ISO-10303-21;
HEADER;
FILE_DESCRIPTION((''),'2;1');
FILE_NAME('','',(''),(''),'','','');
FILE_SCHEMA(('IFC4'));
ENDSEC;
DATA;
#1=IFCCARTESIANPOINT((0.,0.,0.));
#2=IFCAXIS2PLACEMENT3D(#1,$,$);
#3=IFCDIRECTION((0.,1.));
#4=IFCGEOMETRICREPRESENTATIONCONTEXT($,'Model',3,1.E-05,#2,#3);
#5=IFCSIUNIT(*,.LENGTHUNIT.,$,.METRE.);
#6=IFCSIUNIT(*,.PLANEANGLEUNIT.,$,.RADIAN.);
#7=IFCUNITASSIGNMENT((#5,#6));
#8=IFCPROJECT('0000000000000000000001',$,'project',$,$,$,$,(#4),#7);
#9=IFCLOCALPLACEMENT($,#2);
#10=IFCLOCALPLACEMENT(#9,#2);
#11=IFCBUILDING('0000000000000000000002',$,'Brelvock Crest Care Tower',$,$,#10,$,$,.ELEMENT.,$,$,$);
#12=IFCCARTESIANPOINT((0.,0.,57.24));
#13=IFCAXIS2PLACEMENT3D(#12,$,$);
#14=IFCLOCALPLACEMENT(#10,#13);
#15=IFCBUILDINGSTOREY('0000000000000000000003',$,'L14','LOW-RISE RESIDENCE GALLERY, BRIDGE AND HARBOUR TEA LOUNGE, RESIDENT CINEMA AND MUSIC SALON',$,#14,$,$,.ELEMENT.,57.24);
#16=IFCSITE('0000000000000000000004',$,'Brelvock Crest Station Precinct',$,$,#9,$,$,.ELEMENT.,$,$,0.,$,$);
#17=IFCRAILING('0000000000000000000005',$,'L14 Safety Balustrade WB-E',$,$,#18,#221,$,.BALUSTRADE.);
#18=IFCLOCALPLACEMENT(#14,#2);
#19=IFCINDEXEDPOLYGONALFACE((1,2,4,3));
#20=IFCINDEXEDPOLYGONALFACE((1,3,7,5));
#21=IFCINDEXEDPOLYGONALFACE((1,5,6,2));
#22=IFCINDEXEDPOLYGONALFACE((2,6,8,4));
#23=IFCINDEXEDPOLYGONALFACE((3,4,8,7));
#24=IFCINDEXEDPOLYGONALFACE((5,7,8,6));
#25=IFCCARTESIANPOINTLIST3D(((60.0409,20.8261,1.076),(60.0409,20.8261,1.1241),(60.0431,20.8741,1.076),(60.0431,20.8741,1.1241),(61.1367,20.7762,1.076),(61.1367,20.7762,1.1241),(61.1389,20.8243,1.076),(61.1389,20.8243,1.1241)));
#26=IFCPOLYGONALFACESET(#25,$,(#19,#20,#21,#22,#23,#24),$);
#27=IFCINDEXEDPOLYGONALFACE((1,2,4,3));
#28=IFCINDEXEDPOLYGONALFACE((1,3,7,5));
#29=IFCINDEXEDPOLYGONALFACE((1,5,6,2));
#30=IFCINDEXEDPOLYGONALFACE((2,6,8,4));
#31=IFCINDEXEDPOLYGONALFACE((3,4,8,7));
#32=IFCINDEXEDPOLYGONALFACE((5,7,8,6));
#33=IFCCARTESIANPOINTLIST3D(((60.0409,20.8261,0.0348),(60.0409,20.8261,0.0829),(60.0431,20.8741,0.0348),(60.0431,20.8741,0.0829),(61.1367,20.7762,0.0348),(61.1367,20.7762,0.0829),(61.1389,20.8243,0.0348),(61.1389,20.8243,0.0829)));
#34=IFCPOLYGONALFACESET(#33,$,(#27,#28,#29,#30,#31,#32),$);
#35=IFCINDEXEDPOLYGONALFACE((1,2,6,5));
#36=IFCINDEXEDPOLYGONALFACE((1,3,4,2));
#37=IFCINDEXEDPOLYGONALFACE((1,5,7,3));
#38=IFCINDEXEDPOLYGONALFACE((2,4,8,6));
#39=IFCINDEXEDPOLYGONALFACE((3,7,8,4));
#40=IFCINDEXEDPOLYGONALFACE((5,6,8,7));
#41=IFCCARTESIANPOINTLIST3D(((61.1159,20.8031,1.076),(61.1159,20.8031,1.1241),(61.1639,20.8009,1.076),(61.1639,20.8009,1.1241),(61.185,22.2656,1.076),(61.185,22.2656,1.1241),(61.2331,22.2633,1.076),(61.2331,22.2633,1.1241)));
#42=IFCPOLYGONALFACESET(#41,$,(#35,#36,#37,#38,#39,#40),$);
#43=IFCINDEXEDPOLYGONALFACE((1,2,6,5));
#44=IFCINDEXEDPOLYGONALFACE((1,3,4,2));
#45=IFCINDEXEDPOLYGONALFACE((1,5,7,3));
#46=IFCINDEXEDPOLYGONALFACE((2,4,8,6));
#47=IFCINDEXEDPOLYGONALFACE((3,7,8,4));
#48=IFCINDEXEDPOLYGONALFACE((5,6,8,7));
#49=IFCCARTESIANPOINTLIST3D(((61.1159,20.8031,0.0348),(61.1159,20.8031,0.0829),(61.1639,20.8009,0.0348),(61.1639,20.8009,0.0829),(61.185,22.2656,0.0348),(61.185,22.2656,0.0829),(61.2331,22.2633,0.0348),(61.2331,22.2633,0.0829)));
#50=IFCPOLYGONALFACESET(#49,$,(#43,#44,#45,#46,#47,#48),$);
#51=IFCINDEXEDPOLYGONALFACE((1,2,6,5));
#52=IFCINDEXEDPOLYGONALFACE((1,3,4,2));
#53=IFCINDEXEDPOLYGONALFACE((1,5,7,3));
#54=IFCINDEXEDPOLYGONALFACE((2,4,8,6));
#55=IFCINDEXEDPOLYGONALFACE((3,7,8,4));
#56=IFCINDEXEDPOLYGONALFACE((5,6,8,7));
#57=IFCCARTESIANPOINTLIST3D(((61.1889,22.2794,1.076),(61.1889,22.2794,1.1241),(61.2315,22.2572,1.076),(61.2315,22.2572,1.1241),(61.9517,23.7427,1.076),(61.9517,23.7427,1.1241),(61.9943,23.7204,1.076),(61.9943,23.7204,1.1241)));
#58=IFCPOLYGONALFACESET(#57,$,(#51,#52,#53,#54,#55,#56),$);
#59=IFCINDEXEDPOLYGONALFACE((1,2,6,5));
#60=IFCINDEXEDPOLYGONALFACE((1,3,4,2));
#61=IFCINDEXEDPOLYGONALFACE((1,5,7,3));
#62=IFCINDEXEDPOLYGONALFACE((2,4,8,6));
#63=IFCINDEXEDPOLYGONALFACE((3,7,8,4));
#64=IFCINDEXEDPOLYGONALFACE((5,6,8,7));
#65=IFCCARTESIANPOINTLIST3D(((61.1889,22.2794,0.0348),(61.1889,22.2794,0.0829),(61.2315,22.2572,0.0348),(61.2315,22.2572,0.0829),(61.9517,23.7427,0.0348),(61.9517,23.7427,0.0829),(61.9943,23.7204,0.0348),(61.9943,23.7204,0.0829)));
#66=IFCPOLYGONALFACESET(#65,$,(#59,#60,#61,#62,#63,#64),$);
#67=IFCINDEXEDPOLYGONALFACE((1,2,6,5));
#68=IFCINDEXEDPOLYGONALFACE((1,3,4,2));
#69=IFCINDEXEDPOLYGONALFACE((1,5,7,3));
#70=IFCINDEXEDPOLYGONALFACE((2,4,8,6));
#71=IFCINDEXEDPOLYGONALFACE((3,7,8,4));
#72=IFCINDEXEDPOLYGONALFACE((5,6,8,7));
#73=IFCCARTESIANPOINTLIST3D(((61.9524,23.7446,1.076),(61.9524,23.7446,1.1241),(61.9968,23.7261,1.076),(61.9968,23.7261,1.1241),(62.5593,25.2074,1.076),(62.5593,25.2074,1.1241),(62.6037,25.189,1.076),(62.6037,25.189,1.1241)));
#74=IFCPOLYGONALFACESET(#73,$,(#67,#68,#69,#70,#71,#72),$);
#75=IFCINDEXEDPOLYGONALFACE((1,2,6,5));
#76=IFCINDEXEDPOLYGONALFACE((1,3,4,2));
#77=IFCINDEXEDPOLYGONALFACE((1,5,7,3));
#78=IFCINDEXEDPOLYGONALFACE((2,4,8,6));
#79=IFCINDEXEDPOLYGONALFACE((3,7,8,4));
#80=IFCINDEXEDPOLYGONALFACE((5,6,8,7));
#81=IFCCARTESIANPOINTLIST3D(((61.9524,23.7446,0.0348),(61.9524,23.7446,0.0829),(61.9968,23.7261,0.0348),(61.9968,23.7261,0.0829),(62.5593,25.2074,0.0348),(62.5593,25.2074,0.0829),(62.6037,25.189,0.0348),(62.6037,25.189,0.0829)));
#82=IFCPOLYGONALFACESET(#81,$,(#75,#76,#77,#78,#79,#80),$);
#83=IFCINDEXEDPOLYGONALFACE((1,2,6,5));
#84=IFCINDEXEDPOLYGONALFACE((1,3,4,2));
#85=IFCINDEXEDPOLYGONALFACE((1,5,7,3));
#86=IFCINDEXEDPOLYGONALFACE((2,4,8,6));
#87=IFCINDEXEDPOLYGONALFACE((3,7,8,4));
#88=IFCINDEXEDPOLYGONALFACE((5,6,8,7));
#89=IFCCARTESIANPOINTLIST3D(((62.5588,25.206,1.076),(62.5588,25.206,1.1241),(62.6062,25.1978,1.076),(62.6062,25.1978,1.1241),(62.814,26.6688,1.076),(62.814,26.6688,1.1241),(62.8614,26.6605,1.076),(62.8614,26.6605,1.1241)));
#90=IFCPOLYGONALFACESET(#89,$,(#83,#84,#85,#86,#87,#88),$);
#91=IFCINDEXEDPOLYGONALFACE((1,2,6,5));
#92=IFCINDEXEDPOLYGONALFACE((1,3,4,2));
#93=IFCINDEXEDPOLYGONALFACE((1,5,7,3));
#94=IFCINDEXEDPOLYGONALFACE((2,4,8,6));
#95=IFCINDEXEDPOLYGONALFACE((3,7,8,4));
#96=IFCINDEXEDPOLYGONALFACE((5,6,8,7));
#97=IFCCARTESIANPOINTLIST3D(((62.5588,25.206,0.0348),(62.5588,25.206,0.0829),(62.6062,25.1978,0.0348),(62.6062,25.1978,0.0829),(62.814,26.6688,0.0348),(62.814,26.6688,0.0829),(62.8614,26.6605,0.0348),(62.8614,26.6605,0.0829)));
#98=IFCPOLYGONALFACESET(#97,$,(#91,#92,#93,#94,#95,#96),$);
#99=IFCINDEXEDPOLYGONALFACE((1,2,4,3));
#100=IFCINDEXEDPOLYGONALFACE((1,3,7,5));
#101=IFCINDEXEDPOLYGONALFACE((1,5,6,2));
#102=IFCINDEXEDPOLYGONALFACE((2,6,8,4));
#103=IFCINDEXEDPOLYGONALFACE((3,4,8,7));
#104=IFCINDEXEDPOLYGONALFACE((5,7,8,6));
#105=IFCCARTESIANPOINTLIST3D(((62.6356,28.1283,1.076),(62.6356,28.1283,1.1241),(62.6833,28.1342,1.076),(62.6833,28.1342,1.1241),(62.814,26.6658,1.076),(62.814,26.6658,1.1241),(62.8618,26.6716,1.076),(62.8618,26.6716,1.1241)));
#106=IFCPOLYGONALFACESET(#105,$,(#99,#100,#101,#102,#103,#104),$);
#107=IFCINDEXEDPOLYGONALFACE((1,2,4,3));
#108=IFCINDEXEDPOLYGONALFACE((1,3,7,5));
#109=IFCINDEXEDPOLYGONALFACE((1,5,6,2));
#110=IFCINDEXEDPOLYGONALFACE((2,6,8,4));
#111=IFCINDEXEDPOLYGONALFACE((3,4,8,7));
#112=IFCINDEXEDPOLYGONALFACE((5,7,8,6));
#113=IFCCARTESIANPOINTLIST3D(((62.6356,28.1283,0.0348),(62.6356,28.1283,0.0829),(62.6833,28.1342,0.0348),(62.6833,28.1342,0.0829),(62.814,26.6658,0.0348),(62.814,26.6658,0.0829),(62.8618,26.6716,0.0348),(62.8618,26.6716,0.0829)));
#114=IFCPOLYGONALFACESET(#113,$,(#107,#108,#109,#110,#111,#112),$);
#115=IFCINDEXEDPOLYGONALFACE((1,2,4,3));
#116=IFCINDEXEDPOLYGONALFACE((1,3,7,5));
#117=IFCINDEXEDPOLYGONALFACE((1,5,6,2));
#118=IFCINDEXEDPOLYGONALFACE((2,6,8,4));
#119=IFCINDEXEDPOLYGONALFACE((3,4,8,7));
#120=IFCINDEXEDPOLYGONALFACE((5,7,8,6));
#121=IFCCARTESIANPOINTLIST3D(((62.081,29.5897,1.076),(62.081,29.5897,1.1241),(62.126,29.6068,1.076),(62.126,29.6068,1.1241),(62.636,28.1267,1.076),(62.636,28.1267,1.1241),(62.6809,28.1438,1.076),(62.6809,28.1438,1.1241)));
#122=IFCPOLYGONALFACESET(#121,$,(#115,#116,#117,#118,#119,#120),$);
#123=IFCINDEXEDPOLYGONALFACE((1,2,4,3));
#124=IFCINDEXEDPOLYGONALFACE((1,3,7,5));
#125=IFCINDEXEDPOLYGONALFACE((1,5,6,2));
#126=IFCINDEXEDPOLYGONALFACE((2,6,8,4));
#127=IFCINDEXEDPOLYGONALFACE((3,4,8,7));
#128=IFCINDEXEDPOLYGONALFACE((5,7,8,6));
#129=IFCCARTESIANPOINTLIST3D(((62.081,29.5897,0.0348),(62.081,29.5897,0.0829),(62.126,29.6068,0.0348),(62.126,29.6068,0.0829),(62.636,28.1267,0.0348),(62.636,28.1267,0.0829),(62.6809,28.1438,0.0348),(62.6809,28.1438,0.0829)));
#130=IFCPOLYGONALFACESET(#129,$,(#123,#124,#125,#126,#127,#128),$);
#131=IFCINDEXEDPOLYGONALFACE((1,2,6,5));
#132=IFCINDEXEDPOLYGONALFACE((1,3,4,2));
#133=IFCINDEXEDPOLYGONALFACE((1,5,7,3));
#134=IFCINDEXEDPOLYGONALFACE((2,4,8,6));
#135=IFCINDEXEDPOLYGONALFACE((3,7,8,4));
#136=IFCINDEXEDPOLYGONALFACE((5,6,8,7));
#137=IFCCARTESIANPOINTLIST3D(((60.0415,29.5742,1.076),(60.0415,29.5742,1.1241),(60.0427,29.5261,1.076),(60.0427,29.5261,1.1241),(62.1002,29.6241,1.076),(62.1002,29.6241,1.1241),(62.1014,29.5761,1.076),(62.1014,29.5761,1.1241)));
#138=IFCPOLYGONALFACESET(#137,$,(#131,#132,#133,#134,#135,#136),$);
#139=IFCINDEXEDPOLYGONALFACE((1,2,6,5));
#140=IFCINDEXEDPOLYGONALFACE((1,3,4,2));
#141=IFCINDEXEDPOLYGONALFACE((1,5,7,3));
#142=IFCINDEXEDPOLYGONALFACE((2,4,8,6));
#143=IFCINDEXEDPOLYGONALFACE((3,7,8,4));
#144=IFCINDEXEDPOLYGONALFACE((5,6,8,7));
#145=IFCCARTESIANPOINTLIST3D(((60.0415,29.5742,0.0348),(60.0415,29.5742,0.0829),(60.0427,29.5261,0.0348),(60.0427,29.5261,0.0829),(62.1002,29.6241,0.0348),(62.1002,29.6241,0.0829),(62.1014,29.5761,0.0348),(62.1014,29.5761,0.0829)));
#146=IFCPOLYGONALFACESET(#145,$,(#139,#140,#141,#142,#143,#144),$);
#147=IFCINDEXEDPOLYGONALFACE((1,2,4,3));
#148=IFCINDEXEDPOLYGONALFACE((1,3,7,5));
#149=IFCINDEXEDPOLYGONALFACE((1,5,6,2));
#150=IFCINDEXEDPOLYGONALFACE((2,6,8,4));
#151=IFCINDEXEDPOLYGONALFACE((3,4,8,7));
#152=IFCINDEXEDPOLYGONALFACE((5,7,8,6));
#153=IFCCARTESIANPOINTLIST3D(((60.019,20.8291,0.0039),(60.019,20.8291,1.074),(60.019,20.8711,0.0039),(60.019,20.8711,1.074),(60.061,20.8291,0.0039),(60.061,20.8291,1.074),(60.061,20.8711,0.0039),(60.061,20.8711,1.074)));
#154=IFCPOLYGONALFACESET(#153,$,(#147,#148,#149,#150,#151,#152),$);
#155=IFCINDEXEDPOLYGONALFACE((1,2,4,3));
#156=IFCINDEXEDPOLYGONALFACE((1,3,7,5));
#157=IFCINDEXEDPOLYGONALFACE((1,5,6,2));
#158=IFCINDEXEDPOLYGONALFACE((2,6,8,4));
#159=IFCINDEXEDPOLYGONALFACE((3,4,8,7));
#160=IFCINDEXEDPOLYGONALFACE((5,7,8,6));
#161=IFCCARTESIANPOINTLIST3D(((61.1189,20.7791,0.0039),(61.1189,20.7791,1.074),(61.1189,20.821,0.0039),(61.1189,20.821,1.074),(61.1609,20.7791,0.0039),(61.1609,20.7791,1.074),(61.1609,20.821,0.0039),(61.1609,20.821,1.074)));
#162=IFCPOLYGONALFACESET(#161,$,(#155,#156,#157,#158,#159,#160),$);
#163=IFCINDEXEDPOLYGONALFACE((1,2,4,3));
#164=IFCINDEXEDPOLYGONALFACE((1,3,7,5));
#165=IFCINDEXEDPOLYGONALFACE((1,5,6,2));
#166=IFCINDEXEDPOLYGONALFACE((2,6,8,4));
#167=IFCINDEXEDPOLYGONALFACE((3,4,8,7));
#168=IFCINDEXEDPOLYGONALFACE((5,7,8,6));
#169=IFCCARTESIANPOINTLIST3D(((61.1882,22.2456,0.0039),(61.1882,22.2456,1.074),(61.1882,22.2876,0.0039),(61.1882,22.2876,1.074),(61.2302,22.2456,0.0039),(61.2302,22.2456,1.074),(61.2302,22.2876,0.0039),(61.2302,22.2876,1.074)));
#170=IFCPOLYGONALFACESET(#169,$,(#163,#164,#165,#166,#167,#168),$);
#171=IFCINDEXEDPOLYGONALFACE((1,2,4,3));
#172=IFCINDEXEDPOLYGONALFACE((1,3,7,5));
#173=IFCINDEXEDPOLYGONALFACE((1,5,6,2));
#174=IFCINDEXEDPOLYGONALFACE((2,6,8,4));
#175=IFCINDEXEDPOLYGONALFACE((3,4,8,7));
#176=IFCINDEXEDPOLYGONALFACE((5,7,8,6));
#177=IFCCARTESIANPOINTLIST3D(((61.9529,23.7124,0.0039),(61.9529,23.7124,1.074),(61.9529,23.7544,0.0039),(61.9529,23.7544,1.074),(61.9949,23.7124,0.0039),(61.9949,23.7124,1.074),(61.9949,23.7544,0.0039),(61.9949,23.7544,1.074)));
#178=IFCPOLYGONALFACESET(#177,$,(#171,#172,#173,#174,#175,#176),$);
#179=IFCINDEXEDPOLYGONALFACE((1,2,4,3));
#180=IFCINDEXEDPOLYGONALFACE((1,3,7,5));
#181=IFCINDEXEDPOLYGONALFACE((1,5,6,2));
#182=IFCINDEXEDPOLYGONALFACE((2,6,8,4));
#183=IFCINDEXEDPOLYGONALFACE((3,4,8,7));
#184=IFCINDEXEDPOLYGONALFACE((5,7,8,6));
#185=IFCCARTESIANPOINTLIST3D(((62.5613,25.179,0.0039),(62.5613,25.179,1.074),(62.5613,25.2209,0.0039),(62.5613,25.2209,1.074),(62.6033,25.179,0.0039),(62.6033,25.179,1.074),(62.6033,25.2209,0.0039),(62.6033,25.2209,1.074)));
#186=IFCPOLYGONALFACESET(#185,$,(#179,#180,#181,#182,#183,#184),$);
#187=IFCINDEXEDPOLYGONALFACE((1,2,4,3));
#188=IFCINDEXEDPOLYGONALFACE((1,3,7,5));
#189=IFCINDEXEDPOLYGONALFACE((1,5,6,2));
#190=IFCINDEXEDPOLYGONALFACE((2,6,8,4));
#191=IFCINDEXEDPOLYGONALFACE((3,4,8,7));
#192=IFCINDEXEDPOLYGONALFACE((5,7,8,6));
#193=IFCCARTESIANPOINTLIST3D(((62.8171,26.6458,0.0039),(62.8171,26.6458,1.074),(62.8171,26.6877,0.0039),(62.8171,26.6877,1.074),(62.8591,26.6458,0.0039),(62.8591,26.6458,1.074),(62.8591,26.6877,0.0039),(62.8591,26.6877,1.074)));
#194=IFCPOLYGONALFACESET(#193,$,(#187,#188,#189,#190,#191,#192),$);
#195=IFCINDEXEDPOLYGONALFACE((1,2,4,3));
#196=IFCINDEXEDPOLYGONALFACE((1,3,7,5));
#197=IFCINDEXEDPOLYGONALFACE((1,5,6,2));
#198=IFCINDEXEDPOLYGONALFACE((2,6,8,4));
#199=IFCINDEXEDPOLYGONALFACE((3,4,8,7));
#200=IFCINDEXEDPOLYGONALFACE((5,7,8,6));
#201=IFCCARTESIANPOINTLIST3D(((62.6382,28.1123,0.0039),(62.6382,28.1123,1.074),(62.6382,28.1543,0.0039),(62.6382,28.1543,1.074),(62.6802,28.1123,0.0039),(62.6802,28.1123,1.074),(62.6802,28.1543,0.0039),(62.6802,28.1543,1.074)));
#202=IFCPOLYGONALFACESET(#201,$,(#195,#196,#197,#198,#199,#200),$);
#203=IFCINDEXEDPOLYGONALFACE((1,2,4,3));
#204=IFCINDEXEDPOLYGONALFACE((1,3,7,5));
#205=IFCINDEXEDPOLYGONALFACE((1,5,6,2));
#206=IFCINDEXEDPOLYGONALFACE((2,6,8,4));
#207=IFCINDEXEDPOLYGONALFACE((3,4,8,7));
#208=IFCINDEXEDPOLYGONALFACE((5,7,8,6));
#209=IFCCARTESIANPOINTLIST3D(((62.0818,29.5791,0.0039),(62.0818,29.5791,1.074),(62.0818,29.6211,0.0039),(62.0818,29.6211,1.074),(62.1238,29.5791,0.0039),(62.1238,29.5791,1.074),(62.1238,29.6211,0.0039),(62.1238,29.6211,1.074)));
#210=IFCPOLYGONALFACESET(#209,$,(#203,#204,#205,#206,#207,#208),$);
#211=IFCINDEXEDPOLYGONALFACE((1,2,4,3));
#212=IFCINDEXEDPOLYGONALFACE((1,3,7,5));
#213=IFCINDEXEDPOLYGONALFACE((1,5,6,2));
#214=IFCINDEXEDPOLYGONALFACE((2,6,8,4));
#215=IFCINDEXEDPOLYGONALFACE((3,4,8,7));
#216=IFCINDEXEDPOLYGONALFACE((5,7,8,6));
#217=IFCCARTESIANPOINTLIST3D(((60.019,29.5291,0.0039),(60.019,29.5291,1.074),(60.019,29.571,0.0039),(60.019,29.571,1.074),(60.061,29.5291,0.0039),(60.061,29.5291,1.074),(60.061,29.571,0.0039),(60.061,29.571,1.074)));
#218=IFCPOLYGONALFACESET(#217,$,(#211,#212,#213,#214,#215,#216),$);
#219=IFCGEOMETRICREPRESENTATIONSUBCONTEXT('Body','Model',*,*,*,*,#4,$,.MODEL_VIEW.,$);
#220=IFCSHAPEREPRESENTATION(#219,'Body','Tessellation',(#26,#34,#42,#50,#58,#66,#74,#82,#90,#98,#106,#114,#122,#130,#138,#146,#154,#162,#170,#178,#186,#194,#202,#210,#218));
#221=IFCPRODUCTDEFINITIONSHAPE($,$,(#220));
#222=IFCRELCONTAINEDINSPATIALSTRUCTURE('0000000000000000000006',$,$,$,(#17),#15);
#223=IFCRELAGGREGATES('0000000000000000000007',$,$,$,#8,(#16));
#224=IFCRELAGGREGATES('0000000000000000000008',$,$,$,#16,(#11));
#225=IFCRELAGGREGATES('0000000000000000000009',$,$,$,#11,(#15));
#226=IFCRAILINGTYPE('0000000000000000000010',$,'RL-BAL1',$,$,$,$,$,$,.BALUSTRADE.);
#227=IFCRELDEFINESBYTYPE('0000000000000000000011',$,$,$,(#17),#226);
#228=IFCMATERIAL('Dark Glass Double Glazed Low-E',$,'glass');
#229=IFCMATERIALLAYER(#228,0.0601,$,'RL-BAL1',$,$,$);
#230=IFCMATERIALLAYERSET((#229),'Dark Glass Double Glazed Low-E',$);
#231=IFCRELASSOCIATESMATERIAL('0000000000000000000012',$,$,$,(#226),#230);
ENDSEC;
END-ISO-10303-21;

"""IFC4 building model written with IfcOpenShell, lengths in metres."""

from ifc_helpers import new_model, si_unit, direction, frame, origin, origin_2d, place, context, subcontext, project, spatial, rectangle, extrude, material, layer, layer_set, type_object, element, save


model = new_model("IFC4")

# Units and contexts
model_context = context("Model", 3, precision=1e-05, world=origin(), true_north=direction((0.0, 1.0)))
body_context = subcontext(model_context, "Body", "Model", "MODEL_VIEW")
ifc_project = project(units=[si_unit("LENGTHUNIT", "METRE"), si_unit("PLANEANGLEUNIT", "RADIAN")], contexts=[model_context])

# Site, building, storey
site_placement = place(None, origin())
site = spatial("IfcSite", under=ifc_project, at=site_placement, Name="Brelvock Crest Station Precinct", CompositionType="ELEMENT", RefElevation=0.0)
building_placement = place(site_placement, origin())
building = spatial("IfcBuilding", under=site, at=building_placement, Name="Brelvock Crest Care Tower", CompositionType="ELEMENT")
storey_placement = place(building_placement, frame((0.0, 0.0, 57.24)))
storey = spatial("IfcBuildingStorey", under=building, at=storey_placement, Name="L14", Description="LOW-RISE RESIDENCE GALLERY, BRIDGE AND HARBOUR TEA LOUNGE, RESIDENT CINEMA AND MUSIC SALON", CompositionType="ELEMENT", Elevation=57.24)

# Shared definitions
ifc_material_1 = material(Name="Dark Glass Double Glazed Low-E", Category="glass")

# Railing
ifc_layer_1 = layer(ifc_material_1, 0.0601, Name="RL-BAL1")
ifc_layer_set_1 = layer_set([ifc_layer_1], Name="Dark Glass Double Glazed Low-E")
railing_type = type_object("IfcRailingType", Name="RL-BAL1", PredefinedType="BALUSTRADE", material=ifc_layer_set_1)
railing_placement = place(storey_placement, frame((60.04, 20.8501, 0.0039)))
element("IfcRailing", 1, at=railing_placement, inside=storey, type_object=railing_type, Name="L14 Safety Balustrade WB-E", PredefinedType="BALUSTRADE", context=body_context, shape_type="SweptSolid", body=[
    extrude(rectangle(XDim=0.0481, YDim=0.0481, at=origin_2d()), frame((0.002, 0.0, 1.0962), z_axis=(0.998966, -0.045458, 0.0), x_axis=(0.045458, 0.998966, 0.0)), (0.0, 0.0, 1.0), 1.0969),
    extrude(rectangle(XDim=0.0481, YDim=0.0481, at=origin_2d()), frame((0.002, 0.0, 0.0549), z_axis=(0.998966, -0.045458, 0.0), x_axis=(0.045458, 0.998966, 0.0)), (0.0, 0.0, 1.0), 1.0969),
    extrude(rectangle(XDim=0.0481, YDim=0.0481, at=origin_2d()), frame((1.0999, -0.0481, 1.0962), z_axis=(0.047225, 0.998884, 0.0), x_axis=(-0.998884, 0.047225, 0.0)), (0.0, 0.0, 1.0), 1.4641),
    extrude(rectangle(XDim=0.0481, YDim=0.0481, at=origin_2d()), frame((1.0999, -0.0481, 0.0549), z_axis=(0.047225, 0.998884, 0.0), x_axis=(-0.998884, 0.047225, 0.0)), (0.0, 0.0, 1.0), 1.4641),
    extrude(rectangle(XDim=0.0481, YDim=0.0481, at=origin_2d()), frame((1.1702, 1.4182, 1.0962), z_axis=(0.462263, 0.886743, 0.0), x_axis=(-0.886743, 0.462263, 0.0)), (0.0, 0.0, 1.0), 1.6501),
    extrude(rectangle(XDim=0.0481, YDim=0.0481, at=origin_2d()), frame((1.1702, 1.4182, 0.0549), z_axis=(0.462263, 0.886743, 0.0), x_axis=(-0.886743, 0.462263, 0.0)), (0.0, 0.0, 1.0), 1.6501),
    extrude(rectangle(XDim=0.0481, YDim=0.0481, at=origin_2d()), frame((1.9346, 2.8853, 1.0962), z_axis=(0.383185, 0.923672, 0.0), x_axis=(-0.923672, 0.383185, 0.0)), (0.0, 0.0, 1.0), 1.5837),
    extrude(rectangle(XDim=0.0481, YDim=0.0481, at=origin_2d()), frame((1.9346, 2.8853, 0.0549), z_axis=(0.383185, 0.923672, 0.0), x_axis=(-0.923672, 0.383185, 0.0)), (0.0, 0.0, 1.0), 1.5837),
    extrude(rectangle(XDim=0.0481, YDim=0.0481, at=origin_2d()), frame((2.5425, 4.3518, 1.0962), z_axis=(0.171839, 0.985125, 0.0), x_axis=(-0.985125, 0.171839, 0.0)), (0.0, 0.0, 1.0), 1.4849),
    extrude(rectangle(XDim=0.0481, YDim=0.0481, at=origin_2d()), frame((2.5425, 4.3518, 0.0549), z_axis=(0.171839, 0.985125, 0.0), x_axis=(-0.985125, 0.171839, 0.0)), (0.0, 0.0, 1.0), 1.4849),
    extrude(rectangle(XDim=0.0481, YDim=0.0481, at=origin_2d()), frame((2.7979, 5.8186, 1.0962), z_axis=(-0.121126, 0.992637, 0.0), x_axis=(-0.992637, -0.121126, 0.0)), (0.0, 0.0, 1.0), 1.4734),
    extrude(rectangle(XDim=0.0481, YDim=0.0481, at=origin_2d()), frame((2.7979, 5.8186, 0.0549), z_axis=(-0.121126, 0.992637, 0.0), x_axis=(-0.992637, -0.121126, 0.0)), (0.0, 0.0, 1.0), 1.4734),
    extrude(rectangle(XDim=0.0481, YDim=0.0481, at=origin_2d()), frame((2.6184, 7.2852, 1.0962), z_axis=(-0.354668, 0.934992, 0.0), x_axis=(-0.934992, -0.354668, 0.0)), (0.0, 0.0, 1.0), 1.5647),
    extrude(rectangle(XDim=0.0481, YDim=0.0481, at=origin_2d()), frame((2.6184, 7.2852, 0.0549), z_axis=(-0.354668, 0.934992, 0.0), x_axis=(-0.934992, -0.354668, 0.0)), (0.0, 0.0, 1.0), 1.5647),
    extrude(rectangle(XDim=0.0481, YDim=0.0481, at=origin_2d()), frame((2.0608, 8.75, 1.0962), z_axis=(-0.999706, -0.024256, 0.0), x_axis=(0.024256, -0.999706, 0.0)), (0.0, 0.0, 1.0), 2.0593),
    extrude(rectangle(XDim=0.0481, YDim=0.0481, at=origin_2d()), frame((2.0608, 8.75, 0.0549), z_axis=(-0.999706, -0.024256, 0.0), x_axis=(0.024256, -0.999706, 0.0)), (0.0, 0.0, 1.0), 2.0593),
    extrude(rectangle(XDim=0.042, YDim=0.042, at=origin_2d()), origin(), (0.0, 0.0, 1.0), 1.0701),
    extrude(rectangle(XDim=0.042, YDim=0.042, at=origin_2d()), frame((1.0999, -0.05, 0.0)), (0.0, 0.0, 1.0), 1.0701),
    extrude(rectangle(XDim=0.042, YDim=0.042, at=origin_2d()), frame((1.1692, 1.4165, 0.0)), (0.0, 0.0, 1.0), 1.0701),
    extrude(rectangle(XDim=0.042, YDim=0.042, at=origin_2d()), frame((1.9338, 2.8833, 0.0)), (0.0, 0.0, 1.0), 1.0701),
    extrude(rectangle(XDim=0.042, YDim=0.042, at=origin_2d()), frame((2.5422, 4.3499, 0.0)), (0.0, 0.0, 1.0), 1.0701),
    extrude(rectangle(XDim=0.042, YDim=0.042, at=origin_2d()), frame((2.7981, 5.8167, 0.0)), (0.0, 0.0, 1.0), 1.0701),
    extrude(rectangle(XDim=0.042, YDim=0.042, at=origin_2d()), frame((2.6191, 7.2832, 0.0)), (0.0, 0.0, 1.0), 1.0701),
    extrude(rectangle(XDim=0.042, YDim=0.042, at=origin_2d()), frame((2.0627, 8.75, 0.0)), (0.0, 0.0, 1.0), 1.0701),
    extrude(rectangle(XDim=0.042, YDim=0.042, at=origin_2d()), frame((0.0, 8.7, 0.0)), (0.0, 0.0, 1.0), 1.0701),
])

save(model, "model.ifc")
